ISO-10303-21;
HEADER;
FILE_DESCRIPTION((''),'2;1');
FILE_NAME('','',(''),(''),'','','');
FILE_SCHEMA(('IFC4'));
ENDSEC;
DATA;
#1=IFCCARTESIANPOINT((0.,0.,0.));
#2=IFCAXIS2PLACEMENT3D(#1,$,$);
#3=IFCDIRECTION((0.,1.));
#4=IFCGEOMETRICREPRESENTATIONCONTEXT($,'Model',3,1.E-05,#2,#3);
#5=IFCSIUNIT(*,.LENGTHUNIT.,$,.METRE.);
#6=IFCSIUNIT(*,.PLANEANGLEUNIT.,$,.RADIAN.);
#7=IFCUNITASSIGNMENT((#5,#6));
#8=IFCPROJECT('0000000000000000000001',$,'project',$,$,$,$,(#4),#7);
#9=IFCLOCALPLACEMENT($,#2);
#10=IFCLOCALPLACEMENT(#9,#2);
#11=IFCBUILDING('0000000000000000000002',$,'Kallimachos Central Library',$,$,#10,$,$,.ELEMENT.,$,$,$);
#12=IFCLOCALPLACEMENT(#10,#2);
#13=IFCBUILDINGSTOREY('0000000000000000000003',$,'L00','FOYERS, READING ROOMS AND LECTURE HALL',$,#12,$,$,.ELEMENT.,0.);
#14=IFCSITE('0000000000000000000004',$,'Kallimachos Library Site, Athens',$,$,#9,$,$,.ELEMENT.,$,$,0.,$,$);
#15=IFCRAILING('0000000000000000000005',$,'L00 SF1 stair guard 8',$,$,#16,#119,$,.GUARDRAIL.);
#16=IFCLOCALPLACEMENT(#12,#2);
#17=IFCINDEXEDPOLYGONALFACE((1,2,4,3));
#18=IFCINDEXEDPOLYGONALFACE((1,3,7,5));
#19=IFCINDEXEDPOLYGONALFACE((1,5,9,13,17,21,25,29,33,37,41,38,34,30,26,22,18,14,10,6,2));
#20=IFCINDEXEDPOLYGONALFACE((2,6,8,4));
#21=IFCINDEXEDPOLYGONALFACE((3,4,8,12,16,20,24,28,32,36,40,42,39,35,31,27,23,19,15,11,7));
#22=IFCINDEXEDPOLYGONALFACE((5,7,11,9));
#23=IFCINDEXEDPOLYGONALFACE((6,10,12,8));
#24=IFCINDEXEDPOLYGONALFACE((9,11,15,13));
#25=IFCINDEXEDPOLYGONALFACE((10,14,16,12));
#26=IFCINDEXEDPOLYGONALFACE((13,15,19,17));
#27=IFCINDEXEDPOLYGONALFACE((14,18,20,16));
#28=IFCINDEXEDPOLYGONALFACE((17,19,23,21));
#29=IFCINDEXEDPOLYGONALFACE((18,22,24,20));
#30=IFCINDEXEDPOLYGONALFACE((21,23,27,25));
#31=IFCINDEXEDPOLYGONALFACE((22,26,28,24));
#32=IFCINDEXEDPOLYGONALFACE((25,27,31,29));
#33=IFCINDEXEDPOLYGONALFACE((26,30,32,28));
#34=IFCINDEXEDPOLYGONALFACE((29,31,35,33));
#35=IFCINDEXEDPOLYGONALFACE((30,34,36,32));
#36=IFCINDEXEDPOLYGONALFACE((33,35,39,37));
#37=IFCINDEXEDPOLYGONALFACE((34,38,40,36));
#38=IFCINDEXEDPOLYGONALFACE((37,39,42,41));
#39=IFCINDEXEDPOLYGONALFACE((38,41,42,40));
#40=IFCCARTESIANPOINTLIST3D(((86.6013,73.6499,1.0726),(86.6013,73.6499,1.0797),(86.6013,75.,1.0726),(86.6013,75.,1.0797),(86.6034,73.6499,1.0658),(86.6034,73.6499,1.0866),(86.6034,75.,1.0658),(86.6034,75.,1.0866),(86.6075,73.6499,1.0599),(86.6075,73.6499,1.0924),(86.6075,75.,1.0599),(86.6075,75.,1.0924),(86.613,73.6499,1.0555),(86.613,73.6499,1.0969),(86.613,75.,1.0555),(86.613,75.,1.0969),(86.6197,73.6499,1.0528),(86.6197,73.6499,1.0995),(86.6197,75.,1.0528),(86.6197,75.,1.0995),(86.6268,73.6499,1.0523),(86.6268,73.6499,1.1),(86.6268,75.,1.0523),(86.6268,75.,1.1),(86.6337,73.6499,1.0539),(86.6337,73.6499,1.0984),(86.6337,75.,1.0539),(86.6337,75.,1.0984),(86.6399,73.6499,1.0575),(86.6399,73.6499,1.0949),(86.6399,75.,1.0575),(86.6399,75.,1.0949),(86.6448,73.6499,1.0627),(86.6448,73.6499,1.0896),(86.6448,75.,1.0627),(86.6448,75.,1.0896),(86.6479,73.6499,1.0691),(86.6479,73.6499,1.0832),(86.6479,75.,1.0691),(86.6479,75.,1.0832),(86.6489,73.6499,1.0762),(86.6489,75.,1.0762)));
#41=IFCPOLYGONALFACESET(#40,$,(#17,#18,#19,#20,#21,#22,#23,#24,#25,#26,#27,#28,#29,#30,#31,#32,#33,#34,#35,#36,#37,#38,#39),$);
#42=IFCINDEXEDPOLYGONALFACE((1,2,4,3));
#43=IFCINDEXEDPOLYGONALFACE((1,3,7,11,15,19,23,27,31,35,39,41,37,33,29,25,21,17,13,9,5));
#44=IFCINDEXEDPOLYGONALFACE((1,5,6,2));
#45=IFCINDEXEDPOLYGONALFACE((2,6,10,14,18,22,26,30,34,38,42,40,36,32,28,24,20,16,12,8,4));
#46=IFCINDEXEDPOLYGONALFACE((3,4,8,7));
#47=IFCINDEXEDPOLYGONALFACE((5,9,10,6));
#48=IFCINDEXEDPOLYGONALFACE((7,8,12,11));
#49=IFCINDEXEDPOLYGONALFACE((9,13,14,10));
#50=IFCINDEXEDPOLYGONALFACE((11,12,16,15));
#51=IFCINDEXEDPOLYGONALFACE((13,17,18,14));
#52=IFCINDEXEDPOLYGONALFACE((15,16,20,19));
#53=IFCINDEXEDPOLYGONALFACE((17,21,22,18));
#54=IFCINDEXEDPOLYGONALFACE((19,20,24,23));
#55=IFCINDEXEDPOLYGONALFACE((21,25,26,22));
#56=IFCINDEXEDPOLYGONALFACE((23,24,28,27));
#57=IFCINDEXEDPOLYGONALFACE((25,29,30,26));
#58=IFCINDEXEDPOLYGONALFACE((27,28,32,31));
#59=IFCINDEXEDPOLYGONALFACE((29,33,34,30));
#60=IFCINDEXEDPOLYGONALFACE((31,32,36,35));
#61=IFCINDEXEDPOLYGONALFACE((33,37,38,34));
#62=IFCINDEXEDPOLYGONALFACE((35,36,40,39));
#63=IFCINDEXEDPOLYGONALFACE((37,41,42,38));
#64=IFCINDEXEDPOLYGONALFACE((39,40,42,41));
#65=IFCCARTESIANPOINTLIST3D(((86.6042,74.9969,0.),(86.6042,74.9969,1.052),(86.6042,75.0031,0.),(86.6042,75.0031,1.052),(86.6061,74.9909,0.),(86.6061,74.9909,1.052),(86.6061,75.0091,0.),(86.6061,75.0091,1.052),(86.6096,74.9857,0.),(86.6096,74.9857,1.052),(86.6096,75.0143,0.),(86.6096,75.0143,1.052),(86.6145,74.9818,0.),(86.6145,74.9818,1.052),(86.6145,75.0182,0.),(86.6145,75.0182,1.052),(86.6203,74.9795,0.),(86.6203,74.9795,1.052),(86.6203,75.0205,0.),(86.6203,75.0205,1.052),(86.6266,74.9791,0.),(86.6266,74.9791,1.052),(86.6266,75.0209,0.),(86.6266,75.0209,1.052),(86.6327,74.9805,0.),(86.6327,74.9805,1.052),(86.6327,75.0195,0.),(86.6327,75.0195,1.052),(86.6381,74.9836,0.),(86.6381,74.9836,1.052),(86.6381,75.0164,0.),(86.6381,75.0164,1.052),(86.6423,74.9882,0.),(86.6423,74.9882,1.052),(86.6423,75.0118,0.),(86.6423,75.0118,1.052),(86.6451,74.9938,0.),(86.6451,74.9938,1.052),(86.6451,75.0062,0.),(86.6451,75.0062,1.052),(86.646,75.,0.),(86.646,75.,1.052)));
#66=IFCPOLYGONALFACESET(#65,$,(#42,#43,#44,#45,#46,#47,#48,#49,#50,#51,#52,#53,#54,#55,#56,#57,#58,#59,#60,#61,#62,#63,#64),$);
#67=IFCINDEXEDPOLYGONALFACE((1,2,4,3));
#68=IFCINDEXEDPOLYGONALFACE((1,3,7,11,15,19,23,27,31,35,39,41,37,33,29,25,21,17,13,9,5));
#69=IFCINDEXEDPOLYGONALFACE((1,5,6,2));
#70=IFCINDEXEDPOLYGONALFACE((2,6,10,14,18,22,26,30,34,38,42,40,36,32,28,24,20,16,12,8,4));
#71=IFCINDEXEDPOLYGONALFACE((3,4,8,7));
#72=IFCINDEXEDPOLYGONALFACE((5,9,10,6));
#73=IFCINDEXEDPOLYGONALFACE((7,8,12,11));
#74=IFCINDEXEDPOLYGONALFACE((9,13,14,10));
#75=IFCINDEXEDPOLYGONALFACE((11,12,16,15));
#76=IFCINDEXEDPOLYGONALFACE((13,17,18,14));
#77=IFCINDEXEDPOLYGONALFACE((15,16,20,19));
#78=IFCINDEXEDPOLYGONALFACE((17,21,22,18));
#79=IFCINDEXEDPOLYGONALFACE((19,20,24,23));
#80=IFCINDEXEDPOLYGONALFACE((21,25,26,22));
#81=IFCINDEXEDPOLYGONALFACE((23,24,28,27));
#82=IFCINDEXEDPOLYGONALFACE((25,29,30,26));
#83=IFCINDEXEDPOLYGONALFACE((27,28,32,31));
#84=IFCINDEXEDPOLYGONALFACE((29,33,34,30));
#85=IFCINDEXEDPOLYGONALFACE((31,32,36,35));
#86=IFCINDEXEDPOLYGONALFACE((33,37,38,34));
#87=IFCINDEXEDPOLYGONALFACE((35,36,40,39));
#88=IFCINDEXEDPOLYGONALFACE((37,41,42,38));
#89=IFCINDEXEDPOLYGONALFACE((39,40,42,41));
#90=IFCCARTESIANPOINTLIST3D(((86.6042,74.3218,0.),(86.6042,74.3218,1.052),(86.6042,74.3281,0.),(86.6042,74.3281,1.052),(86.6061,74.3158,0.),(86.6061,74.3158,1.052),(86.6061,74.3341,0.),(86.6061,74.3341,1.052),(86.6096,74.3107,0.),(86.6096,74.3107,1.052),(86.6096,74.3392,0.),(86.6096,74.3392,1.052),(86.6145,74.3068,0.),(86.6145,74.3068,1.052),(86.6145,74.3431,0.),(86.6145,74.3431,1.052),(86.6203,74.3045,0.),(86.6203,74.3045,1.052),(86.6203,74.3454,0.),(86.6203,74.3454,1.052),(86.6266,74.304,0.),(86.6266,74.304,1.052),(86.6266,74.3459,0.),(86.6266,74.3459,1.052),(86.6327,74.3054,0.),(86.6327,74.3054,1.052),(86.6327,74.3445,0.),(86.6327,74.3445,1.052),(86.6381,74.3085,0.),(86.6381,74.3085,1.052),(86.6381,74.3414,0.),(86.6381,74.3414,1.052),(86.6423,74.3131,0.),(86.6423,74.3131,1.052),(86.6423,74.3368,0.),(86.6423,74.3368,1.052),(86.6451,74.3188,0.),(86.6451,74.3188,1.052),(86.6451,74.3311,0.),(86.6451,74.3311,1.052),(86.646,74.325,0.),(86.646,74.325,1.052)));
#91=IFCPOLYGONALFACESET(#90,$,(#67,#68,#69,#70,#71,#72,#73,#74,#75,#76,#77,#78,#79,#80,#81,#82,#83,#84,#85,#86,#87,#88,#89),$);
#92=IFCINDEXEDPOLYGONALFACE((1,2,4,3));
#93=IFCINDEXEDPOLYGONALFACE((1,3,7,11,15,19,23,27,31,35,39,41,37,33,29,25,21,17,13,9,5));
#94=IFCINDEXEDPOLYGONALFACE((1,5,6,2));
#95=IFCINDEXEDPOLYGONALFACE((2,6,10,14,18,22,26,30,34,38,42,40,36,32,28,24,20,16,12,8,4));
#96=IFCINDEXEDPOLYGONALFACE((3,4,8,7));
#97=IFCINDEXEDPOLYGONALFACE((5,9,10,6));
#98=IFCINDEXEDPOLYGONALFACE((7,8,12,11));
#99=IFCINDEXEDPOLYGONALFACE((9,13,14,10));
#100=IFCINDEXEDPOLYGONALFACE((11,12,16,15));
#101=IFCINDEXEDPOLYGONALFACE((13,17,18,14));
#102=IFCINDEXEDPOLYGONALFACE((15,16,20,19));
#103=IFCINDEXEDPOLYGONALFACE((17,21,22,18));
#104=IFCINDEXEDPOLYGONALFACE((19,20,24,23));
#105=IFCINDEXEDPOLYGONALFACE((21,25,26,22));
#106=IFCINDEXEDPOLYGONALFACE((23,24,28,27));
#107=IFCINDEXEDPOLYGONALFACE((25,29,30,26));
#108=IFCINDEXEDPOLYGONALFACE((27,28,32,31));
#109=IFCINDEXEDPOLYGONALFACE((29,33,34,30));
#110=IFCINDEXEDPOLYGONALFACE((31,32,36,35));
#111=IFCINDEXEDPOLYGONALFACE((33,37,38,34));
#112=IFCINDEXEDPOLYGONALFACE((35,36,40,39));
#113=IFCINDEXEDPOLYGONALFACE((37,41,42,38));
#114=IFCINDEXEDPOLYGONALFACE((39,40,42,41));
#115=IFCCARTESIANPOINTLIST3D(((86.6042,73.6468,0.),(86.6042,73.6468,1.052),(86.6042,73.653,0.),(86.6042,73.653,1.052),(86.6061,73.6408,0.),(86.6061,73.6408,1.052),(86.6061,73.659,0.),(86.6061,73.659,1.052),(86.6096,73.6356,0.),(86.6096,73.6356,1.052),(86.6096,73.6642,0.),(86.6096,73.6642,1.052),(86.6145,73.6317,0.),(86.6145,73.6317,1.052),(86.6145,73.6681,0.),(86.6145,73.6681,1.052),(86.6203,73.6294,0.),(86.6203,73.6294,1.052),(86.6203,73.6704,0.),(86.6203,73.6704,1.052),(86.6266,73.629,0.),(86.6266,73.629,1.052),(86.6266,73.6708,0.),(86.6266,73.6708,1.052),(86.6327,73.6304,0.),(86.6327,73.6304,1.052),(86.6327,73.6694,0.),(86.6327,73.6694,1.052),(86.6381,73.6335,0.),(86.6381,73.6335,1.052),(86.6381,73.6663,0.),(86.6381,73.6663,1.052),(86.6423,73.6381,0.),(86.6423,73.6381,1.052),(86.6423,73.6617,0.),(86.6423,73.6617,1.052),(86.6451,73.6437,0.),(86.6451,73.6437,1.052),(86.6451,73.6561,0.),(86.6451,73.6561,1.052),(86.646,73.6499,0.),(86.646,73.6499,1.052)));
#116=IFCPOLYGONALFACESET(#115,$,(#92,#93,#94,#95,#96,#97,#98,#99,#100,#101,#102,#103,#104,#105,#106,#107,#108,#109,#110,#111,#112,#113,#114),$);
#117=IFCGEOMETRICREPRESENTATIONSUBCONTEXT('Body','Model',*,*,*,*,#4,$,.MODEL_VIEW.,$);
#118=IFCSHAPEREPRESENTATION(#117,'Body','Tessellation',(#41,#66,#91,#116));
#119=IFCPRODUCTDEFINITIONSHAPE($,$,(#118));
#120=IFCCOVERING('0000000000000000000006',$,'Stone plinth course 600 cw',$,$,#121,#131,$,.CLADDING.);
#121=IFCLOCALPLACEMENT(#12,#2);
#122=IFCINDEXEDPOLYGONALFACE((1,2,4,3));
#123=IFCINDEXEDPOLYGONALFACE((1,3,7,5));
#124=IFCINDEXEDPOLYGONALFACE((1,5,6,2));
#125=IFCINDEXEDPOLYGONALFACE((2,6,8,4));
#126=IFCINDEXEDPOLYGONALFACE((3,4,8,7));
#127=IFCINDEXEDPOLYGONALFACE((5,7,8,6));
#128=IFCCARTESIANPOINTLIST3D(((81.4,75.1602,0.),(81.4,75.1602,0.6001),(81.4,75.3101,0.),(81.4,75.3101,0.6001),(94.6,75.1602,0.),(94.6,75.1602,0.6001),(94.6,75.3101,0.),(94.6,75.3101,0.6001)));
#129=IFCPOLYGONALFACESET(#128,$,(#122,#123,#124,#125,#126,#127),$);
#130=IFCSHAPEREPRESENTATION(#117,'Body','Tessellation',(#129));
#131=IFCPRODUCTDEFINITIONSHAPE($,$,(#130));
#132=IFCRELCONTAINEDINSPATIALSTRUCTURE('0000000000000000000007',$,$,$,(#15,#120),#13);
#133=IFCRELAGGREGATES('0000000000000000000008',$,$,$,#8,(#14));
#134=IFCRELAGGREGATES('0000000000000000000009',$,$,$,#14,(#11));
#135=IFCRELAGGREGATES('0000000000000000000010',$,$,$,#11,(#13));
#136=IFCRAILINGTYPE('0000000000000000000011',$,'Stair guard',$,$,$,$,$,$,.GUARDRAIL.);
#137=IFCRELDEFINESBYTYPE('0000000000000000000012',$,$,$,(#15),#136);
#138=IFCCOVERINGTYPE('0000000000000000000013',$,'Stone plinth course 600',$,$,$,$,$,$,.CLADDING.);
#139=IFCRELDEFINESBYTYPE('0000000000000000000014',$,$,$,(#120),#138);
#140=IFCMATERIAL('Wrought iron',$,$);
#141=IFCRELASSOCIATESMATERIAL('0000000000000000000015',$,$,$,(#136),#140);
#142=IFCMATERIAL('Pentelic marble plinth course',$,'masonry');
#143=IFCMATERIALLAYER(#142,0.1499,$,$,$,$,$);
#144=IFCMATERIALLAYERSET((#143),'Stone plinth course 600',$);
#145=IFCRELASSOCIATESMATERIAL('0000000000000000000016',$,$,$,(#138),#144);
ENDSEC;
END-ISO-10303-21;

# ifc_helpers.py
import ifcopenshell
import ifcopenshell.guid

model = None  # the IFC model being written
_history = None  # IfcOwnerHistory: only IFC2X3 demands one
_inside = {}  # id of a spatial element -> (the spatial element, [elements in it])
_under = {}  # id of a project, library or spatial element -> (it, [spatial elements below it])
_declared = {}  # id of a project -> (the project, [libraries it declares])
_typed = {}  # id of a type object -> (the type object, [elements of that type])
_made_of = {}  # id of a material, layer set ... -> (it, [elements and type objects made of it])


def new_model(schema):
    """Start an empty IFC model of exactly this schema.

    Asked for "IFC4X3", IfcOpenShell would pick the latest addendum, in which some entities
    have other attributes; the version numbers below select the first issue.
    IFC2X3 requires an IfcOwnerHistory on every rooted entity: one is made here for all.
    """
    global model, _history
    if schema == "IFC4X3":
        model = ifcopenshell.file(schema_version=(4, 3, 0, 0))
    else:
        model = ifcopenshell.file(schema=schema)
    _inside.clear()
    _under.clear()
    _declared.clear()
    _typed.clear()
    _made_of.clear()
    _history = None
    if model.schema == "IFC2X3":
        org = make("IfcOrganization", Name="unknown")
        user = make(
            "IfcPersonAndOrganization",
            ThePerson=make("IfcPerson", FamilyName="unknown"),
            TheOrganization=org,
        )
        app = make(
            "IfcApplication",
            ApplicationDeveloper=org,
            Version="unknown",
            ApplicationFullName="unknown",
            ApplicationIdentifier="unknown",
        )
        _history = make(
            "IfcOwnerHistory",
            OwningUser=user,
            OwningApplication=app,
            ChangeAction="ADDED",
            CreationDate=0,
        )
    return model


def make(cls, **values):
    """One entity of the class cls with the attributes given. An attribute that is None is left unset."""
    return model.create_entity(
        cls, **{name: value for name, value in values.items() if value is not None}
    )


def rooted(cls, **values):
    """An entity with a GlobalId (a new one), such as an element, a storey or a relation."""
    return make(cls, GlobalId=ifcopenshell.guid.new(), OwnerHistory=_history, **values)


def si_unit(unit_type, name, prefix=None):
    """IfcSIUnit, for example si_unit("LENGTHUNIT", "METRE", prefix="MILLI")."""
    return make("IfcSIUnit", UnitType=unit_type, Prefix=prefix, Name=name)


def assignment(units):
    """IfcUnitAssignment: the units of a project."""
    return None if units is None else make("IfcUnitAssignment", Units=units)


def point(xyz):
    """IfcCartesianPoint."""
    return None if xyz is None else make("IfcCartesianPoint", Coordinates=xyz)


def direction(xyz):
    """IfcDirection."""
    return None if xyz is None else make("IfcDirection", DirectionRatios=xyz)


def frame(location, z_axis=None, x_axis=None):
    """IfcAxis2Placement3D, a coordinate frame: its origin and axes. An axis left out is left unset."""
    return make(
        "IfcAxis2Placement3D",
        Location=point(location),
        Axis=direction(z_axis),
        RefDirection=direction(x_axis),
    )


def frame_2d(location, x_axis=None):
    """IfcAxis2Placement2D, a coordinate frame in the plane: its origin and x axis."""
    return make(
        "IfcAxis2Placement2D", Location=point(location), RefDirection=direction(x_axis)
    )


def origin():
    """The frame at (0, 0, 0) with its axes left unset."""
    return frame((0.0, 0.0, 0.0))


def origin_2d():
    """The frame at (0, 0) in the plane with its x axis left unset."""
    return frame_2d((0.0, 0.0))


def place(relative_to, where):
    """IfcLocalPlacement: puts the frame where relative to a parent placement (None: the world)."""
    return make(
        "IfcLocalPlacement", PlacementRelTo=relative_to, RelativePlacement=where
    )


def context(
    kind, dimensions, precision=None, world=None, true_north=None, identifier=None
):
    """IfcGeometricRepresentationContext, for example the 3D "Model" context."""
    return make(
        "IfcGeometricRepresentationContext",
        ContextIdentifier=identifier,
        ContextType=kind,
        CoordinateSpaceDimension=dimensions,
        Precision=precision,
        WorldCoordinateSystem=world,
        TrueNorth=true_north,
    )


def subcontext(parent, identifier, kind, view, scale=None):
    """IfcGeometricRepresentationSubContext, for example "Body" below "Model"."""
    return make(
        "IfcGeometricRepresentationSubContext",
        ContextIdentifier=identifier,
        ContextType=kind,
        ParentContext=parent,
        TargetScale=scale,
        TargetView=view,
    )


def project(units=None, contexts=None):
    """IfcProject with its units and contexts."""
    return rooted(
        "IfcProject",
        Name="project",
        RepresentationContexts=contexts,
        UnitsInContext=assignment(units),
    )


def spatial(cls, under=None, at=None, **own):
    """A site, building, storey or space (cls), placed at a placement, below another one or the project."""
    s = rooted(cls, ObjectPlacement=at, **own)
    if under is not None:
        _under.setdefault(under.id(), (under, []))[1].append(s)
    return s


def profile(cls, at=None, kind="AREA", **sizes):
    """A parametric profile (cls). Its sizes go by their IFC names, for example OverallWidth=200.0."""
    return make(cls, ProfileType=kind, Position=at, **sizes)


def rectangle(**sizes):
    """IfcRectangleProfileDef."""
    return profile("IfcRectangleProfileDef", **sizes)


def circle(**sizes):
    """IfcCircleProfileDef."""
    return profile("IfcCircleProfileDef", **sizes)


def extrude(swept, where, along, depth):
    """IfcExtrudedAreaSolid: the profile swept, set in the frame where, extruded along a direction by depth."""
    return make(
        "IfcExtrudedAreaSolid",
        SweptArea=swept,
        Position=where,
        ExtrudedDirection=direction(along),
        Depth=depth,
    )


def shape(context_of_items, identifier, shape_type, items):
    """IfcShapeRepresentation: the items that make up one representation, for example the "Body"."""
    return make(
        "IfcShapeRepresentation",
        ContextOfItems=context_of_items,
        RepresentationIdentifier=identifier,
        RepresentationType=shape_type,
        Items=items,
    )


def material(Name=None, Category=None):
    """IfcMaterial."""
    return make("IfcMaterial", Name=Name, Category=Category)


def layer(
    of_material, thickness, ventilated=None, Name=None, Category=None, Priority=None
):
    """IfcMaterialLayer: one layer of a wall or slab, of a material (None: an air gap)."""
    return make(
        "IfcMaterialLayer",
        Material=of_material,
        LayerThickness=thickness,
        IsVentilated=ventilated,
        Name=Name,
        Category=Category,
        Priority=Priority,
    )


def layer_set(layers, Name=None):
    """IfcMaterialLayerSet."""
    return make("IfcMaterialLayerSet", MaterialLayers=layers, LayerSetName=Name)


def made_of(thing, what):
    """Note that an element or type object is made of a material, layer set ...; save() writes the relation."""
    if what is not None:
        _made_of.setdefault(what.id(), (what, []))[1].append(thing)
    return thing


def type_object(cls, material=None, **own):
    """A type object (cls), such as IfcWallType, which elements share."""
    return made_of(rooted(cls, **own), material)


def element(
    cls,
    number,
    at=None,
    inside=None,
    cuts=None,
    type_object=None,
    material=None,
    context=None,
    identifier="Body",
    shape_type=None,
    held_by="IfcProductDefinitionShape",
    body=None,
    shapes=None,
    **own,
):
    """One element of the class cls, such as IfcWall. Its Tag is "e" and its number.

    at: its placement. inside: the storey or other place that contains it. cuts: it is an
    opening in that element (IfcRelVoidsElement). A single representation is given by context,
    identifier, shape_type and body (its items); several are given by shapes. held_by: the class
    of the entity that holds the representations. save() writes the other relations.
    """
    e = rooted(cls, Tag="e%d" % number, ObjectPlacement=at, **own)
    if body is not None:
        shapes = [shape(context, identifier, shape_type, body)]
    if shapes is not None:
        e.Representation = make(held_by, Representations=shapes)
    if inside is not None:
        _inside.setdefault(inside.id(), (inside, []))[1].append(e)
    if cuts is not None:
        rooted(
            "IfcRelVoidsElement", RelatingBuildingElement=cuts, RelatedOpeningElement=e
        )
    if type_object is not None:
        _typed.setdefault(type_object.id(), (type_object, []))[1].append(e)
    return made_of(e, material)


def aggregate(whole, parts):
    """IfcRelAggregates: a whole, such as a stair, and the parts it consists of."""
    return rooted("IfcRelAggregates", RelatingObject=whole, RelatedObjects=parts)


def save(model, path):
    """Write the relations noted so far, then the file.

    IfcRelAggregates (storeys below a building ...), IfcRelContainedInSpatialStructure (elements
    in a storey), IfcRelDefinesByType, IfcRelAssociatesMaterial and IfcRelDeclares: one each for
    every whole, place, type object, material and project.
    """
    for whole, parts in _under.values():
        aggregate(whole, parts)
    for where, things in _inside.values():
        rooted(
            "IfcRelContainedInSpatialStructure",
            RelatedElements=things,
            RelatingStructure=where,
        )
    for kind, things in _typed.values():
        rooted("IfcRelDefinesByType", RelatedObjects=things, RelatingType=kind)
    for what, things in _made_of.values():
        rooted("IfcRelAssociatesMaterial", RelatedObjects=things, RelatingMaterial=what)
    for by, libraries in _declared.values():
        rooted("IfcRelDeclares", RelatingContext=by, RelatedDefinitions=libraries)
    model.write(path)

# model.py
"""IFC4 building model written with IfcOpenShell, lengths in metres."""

from ifc_helpers import new_model, si_unit, direction, frame, origin, origin_2d, place, context, subcontext, project, spatial, rectangle, circle, extrude, material, layer, layer_set, type_object, element, save


model = new_model("IFC4")

# Units and contexts
model_context = context("Model", 3, precision=1e-05, world=origin(), true_north=direction((0.0, 1.0)))
body_context = subcontext(model_context, "Body", "Model", "MODEL_VIEW")
ifc_project = project(units=[si_unit("LENGTHUNIT", "METRE"), si_unit("PLANEANGLEUNIT", "RADIAN")], contexts=[model_context])

# Site, building, storey
site_placement = place(None, origin())
site = spatial("IfcSite", under=ifc_project, at=site_placement, Name="Kallimachos Library Site, Athens", CompositionType="ELEMENT", RefElevation=0.0)
building_placement = place(site_placement, origin())
building = spatial("IfcBuilding", under=site, at=building_placement, Name="Kallimachos Central Library", CompositionType="ELEMENT")
storey_placement = place(building_placement, origin())
storey = spatial("IfcBuildingStorey", under=building, at=storey_placement, Name="L00", Description="FOYERS, READING ROOMS AND LECTURE HALL", CompositionType="ELEMENT", Elevation=0.0)

# Railing
ifc_material_1 = material(Name="Wrought iron")
railing_type = type_object("IfcRailingType", Name="Stair guard", PredefinedType="GUARDRAIL", material=ifc_material_1)
railing_placement = place(storey_placement, frame((86.625, 75.0, 0.0)))
element("IfcRailing", 1, at=railing_placement, inside=storey, type_object=railing_type, Name="L00 SF1 stair guard 8", PredefinedType="GUARDRAIL", context=body_context, shape_type="SweptSolid", body=[
    extrude(circle(Radius=0.0239, at=origin_2d()), frame((0.0, 0.0, 1.0762), z_axis=(0.0, -1.0, 0.0), x_axis=(1.0, 0.0, 0.0)), (0.0, 0.0, 1.0), 1.3501),
    extrude(circle(Radius=0.021, at=origin_2d()), origin(), (0.0, 0.0, 1.0), 1.052),
    extrude(circle(Radius=0.021, at=origin_2d()), frame((0.0, -0.675, 0.0)), (0.0, 0.0, 1.0), 1.052),
    extrude(circle(Radius=0.021, at=origin_2d()), frame((0.0, -1.3501, 0.0)), (0.0, 0.0, 1.0), 1.052),
])

# Covering
ifc_material_2 = material(Name="Pentelic marble plinth course", Category="masonry")
ifc_layer_1 = layer(ifc_material_2, 0.1499)
ifc_layer_set_1 = layer_set([ifc_layer_1], Name="Stone plinth course 600")
covering_type = type_object("IfcCoveringType", Name="Stone plinth course 600", PredefinedType="CLADDING", material=ifc_layer_set_1)
covering_placement = place(storey_placement, frame((88.0, 75.2351, 0.0), z_axis=(0.0, 0.0, 1.0), x_axis=(1.0, 0.0, 0.0)))
element("IfcCovering", 2, at=covering_placement, inside=storey, type_object=covering_type, Name="Stone plinth course 600 cw", PredefinedType="CLADDING", context=body_context, shape_type="SweptSolid", body=[
    extrude(rectangle(XDim=13.2, YDim=0.1499, at=origin_2d()), origin(), (0.0, 0.0, 1.0), 0.6001),
])

save(model, "model.ifc")
